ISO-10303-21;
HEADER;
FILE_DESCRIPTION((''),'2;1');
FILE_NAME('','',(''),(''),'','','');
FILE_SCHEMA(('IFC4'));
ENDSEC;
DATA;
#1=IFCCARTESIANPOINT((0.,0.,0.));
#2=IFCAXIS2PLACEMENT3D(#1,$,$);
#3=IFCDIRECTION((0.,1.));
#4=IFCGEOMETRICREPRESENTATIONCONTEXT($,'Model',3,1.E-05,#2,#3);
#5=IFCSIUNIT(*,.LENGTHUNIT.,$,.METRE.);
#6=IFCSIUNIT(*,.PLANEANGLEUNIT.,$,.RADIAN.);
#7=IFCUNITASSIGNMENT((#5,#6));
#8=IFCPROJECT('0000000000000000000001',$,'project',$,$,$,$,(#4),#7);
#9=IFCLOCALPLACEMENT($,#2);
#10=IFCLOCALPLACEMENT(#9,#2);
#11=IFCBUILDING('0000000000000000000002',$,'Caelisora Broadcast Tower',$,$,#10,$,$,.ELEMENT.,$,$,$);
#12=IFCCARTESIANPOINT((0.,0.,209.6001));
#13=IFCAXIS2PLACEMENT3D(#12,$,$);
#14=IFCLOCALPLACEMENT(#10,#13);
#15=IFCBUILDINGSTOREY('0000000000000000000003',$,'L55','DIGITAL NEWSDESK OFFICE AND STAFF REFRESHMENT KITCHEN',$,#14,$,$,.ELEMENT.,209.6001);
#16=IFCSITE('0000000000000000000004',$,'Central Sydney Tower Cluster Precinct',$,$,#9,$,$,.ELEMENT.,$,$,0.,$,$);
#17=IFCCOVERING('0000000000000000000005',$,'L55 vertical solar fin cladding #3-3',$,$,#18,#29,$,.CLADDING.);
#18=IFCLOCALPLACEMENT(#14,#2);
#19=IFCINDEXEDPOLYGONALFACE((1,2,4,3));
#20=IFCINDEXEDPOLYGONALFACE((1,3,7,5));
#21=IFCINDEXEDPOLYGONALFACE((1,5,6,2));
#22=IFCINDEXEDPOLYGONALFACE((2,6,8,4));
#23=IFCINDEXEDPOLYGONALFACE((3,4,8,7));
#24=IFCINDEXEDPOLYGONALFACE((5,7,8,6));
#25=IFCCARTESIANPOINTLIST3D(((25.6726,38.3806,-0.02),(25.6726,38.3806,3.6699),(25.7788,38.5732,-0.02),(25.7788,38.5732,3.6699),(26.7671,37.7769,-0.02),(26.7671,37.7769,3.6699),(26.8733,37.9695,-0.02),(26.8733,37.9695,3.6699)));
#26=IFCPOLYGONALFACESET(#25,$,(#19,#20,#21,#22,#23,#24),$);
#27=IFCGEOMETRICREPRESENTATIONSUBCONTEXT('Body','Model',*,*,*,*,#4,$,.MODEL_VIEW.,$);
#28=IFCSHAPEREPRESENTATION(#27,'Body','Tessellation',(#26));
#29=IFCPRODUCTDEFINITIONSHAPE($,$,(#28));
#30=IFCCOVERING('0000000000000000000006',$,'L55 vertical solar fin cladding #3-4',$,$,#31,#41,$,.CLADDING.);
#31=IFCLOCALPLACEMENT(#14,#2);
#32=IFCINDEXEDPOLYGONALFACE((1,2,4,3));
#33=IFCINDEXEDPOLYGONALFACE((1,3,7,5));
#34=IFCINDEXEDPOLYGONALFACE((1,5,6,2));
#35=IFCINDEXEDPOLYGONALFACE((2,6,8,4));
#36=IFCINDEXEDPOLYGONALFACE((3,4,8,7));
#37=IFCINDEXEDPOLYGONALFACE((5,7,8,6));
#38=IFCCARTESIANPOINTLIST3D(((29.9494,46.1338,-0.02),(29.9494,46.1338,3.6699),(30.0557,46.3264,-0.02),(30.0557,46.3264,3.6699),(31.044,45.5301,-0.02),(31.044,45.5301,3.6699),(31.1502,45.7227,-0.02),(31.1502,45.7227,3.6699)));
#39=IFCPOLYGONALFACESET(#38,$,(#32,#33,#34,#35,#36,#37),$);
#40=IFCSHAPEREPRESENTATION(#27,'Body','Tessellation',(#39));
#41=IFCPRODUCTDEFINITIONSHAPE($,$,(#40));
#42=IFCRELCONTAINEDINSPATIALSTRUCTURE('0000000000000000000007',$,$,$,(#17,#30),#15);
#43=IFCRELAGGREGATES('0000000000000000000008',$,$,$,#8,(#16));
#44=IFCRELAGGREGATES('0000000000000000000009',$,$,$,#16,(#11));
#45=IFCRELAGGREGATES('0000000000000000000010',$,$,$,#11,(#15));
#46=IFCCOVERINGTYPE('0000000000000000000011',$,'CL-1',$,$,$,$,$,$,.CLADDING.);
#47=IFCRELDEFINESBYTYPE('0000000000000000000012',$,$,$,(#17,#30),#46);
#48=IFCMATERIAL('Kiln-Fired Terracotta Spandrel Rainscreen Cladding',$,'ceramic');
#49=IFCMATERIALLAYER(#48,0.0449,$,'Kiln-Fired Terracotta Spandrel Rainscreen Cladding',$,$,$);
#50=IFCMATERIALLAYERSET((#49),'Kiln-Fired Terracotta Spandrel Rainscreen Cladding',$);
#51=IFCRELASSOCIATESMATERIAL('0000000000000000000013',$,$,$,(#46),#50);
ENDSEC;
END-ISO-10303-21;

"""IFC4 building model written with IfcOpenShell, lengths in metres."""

from ifc_helpers import new_model, si_unit, direction, frame, origin, origin_2d, place, context, subcontext, project, spatial, rectangle, extrude, source, transform, mapped, material, layer, layer_set, type_object, type_shapes, element, save


model = new_model("IFC4")

# Units and contexts
model_context = context("Model", 3, precision=1e-05, world=origin(), true_north=direction((0.0, 1.0)))
body_context = subcontext(model_context, "Body", "Model", "MODEL_VIEW")
ifc_project = project(units=[si_unit("LENGTHUNIT", "METRE"), si_unit("PLANEANGLEUNIT", "RADIAN")], contexts=[model_context])

# Site, building, storey
site_placement = place(None, origin())
site = spatial("IfcSite", under=ifc_project, at=site_placement, Name="Central Sydney Tower Cluster Precinct", CompositionType="ELEMENT", RefElevation=0.0)
building_placement = place(site_placement, origin())
building = spatial("IfcBuilding", under=site, at=building_placement, Name="Caelisora Broadcast Tower", CompositionType="ELEMENT")
storey_placement = place(building_placement, frame((0.0, 0.0, 209.6001)))
storey = spatial("IfcBuildingStorey", under=building, at=storey_placement, Name="L55", Description="DIGITAL NEWSDESK OFFICE AND STAFF REFRESHMENT KITCHEN", CompositionType="ELEMENT", Elevation=209.6001)

# Coverings
ifc_material_1 = material(Name="Kiln-Fired Terracotta Spandrel Rainscreen Cladding", Category="ceramic")
ifc_layer_1 = layer(ifc_material_1, 0.0449, Name="Kiln-Fired Terracotta Spandrel Rainscreen Cladding")
ifc_layer_set_1 = layer_set([ifc_layer_1], Name="Kiln-Fired Terracotta Spandrel Rainscreen Cladding")
covering_type = type_object("IfcCoveringType", Name="CL-1", PredefinedType="CLADDING", material=ifc_layer_set_1)
shared_shape_1 = source(origin(), body_context, "Body", "SweptSolid", [
    extrude(rectangle(XDim=0.22, YDim=1.25, at=origin_2d()), origin(), (0.0, 0.0, 1.0), 3.6899),
])
type_shapes(covering_type, [shared_shape_1])
for number, where, z_axis, x_axis, name in (
    (1, (26.2729, 38.175, -0.02), (0.0, 0.0, 1.0), (0.482977, 0.875633, 0.0), "L55 vertical solar fin cladding #3-3"),
    (2, (30.5498, 45.9282, -0.02), (0.0, 0.0, 1.0), (0.482977, 0.875633, 0.0), "L55 vertical solar fin cladding #3-4"),
):
    element("IfcCovering", number, at=place(storey_placement, frame(where, z_axis=z_axis, x_axis=x_axis)), inside=storey, type_object=covering_type, Name=name, PredefinedType="CLADDING", context=body_context, shape_type="MappedRepresentation", body=[
        mapped(shared_shape_1, transform((0.0, 0.0, 0.0), scale=1.0)),
    ])

save(model, "model.ifc")
